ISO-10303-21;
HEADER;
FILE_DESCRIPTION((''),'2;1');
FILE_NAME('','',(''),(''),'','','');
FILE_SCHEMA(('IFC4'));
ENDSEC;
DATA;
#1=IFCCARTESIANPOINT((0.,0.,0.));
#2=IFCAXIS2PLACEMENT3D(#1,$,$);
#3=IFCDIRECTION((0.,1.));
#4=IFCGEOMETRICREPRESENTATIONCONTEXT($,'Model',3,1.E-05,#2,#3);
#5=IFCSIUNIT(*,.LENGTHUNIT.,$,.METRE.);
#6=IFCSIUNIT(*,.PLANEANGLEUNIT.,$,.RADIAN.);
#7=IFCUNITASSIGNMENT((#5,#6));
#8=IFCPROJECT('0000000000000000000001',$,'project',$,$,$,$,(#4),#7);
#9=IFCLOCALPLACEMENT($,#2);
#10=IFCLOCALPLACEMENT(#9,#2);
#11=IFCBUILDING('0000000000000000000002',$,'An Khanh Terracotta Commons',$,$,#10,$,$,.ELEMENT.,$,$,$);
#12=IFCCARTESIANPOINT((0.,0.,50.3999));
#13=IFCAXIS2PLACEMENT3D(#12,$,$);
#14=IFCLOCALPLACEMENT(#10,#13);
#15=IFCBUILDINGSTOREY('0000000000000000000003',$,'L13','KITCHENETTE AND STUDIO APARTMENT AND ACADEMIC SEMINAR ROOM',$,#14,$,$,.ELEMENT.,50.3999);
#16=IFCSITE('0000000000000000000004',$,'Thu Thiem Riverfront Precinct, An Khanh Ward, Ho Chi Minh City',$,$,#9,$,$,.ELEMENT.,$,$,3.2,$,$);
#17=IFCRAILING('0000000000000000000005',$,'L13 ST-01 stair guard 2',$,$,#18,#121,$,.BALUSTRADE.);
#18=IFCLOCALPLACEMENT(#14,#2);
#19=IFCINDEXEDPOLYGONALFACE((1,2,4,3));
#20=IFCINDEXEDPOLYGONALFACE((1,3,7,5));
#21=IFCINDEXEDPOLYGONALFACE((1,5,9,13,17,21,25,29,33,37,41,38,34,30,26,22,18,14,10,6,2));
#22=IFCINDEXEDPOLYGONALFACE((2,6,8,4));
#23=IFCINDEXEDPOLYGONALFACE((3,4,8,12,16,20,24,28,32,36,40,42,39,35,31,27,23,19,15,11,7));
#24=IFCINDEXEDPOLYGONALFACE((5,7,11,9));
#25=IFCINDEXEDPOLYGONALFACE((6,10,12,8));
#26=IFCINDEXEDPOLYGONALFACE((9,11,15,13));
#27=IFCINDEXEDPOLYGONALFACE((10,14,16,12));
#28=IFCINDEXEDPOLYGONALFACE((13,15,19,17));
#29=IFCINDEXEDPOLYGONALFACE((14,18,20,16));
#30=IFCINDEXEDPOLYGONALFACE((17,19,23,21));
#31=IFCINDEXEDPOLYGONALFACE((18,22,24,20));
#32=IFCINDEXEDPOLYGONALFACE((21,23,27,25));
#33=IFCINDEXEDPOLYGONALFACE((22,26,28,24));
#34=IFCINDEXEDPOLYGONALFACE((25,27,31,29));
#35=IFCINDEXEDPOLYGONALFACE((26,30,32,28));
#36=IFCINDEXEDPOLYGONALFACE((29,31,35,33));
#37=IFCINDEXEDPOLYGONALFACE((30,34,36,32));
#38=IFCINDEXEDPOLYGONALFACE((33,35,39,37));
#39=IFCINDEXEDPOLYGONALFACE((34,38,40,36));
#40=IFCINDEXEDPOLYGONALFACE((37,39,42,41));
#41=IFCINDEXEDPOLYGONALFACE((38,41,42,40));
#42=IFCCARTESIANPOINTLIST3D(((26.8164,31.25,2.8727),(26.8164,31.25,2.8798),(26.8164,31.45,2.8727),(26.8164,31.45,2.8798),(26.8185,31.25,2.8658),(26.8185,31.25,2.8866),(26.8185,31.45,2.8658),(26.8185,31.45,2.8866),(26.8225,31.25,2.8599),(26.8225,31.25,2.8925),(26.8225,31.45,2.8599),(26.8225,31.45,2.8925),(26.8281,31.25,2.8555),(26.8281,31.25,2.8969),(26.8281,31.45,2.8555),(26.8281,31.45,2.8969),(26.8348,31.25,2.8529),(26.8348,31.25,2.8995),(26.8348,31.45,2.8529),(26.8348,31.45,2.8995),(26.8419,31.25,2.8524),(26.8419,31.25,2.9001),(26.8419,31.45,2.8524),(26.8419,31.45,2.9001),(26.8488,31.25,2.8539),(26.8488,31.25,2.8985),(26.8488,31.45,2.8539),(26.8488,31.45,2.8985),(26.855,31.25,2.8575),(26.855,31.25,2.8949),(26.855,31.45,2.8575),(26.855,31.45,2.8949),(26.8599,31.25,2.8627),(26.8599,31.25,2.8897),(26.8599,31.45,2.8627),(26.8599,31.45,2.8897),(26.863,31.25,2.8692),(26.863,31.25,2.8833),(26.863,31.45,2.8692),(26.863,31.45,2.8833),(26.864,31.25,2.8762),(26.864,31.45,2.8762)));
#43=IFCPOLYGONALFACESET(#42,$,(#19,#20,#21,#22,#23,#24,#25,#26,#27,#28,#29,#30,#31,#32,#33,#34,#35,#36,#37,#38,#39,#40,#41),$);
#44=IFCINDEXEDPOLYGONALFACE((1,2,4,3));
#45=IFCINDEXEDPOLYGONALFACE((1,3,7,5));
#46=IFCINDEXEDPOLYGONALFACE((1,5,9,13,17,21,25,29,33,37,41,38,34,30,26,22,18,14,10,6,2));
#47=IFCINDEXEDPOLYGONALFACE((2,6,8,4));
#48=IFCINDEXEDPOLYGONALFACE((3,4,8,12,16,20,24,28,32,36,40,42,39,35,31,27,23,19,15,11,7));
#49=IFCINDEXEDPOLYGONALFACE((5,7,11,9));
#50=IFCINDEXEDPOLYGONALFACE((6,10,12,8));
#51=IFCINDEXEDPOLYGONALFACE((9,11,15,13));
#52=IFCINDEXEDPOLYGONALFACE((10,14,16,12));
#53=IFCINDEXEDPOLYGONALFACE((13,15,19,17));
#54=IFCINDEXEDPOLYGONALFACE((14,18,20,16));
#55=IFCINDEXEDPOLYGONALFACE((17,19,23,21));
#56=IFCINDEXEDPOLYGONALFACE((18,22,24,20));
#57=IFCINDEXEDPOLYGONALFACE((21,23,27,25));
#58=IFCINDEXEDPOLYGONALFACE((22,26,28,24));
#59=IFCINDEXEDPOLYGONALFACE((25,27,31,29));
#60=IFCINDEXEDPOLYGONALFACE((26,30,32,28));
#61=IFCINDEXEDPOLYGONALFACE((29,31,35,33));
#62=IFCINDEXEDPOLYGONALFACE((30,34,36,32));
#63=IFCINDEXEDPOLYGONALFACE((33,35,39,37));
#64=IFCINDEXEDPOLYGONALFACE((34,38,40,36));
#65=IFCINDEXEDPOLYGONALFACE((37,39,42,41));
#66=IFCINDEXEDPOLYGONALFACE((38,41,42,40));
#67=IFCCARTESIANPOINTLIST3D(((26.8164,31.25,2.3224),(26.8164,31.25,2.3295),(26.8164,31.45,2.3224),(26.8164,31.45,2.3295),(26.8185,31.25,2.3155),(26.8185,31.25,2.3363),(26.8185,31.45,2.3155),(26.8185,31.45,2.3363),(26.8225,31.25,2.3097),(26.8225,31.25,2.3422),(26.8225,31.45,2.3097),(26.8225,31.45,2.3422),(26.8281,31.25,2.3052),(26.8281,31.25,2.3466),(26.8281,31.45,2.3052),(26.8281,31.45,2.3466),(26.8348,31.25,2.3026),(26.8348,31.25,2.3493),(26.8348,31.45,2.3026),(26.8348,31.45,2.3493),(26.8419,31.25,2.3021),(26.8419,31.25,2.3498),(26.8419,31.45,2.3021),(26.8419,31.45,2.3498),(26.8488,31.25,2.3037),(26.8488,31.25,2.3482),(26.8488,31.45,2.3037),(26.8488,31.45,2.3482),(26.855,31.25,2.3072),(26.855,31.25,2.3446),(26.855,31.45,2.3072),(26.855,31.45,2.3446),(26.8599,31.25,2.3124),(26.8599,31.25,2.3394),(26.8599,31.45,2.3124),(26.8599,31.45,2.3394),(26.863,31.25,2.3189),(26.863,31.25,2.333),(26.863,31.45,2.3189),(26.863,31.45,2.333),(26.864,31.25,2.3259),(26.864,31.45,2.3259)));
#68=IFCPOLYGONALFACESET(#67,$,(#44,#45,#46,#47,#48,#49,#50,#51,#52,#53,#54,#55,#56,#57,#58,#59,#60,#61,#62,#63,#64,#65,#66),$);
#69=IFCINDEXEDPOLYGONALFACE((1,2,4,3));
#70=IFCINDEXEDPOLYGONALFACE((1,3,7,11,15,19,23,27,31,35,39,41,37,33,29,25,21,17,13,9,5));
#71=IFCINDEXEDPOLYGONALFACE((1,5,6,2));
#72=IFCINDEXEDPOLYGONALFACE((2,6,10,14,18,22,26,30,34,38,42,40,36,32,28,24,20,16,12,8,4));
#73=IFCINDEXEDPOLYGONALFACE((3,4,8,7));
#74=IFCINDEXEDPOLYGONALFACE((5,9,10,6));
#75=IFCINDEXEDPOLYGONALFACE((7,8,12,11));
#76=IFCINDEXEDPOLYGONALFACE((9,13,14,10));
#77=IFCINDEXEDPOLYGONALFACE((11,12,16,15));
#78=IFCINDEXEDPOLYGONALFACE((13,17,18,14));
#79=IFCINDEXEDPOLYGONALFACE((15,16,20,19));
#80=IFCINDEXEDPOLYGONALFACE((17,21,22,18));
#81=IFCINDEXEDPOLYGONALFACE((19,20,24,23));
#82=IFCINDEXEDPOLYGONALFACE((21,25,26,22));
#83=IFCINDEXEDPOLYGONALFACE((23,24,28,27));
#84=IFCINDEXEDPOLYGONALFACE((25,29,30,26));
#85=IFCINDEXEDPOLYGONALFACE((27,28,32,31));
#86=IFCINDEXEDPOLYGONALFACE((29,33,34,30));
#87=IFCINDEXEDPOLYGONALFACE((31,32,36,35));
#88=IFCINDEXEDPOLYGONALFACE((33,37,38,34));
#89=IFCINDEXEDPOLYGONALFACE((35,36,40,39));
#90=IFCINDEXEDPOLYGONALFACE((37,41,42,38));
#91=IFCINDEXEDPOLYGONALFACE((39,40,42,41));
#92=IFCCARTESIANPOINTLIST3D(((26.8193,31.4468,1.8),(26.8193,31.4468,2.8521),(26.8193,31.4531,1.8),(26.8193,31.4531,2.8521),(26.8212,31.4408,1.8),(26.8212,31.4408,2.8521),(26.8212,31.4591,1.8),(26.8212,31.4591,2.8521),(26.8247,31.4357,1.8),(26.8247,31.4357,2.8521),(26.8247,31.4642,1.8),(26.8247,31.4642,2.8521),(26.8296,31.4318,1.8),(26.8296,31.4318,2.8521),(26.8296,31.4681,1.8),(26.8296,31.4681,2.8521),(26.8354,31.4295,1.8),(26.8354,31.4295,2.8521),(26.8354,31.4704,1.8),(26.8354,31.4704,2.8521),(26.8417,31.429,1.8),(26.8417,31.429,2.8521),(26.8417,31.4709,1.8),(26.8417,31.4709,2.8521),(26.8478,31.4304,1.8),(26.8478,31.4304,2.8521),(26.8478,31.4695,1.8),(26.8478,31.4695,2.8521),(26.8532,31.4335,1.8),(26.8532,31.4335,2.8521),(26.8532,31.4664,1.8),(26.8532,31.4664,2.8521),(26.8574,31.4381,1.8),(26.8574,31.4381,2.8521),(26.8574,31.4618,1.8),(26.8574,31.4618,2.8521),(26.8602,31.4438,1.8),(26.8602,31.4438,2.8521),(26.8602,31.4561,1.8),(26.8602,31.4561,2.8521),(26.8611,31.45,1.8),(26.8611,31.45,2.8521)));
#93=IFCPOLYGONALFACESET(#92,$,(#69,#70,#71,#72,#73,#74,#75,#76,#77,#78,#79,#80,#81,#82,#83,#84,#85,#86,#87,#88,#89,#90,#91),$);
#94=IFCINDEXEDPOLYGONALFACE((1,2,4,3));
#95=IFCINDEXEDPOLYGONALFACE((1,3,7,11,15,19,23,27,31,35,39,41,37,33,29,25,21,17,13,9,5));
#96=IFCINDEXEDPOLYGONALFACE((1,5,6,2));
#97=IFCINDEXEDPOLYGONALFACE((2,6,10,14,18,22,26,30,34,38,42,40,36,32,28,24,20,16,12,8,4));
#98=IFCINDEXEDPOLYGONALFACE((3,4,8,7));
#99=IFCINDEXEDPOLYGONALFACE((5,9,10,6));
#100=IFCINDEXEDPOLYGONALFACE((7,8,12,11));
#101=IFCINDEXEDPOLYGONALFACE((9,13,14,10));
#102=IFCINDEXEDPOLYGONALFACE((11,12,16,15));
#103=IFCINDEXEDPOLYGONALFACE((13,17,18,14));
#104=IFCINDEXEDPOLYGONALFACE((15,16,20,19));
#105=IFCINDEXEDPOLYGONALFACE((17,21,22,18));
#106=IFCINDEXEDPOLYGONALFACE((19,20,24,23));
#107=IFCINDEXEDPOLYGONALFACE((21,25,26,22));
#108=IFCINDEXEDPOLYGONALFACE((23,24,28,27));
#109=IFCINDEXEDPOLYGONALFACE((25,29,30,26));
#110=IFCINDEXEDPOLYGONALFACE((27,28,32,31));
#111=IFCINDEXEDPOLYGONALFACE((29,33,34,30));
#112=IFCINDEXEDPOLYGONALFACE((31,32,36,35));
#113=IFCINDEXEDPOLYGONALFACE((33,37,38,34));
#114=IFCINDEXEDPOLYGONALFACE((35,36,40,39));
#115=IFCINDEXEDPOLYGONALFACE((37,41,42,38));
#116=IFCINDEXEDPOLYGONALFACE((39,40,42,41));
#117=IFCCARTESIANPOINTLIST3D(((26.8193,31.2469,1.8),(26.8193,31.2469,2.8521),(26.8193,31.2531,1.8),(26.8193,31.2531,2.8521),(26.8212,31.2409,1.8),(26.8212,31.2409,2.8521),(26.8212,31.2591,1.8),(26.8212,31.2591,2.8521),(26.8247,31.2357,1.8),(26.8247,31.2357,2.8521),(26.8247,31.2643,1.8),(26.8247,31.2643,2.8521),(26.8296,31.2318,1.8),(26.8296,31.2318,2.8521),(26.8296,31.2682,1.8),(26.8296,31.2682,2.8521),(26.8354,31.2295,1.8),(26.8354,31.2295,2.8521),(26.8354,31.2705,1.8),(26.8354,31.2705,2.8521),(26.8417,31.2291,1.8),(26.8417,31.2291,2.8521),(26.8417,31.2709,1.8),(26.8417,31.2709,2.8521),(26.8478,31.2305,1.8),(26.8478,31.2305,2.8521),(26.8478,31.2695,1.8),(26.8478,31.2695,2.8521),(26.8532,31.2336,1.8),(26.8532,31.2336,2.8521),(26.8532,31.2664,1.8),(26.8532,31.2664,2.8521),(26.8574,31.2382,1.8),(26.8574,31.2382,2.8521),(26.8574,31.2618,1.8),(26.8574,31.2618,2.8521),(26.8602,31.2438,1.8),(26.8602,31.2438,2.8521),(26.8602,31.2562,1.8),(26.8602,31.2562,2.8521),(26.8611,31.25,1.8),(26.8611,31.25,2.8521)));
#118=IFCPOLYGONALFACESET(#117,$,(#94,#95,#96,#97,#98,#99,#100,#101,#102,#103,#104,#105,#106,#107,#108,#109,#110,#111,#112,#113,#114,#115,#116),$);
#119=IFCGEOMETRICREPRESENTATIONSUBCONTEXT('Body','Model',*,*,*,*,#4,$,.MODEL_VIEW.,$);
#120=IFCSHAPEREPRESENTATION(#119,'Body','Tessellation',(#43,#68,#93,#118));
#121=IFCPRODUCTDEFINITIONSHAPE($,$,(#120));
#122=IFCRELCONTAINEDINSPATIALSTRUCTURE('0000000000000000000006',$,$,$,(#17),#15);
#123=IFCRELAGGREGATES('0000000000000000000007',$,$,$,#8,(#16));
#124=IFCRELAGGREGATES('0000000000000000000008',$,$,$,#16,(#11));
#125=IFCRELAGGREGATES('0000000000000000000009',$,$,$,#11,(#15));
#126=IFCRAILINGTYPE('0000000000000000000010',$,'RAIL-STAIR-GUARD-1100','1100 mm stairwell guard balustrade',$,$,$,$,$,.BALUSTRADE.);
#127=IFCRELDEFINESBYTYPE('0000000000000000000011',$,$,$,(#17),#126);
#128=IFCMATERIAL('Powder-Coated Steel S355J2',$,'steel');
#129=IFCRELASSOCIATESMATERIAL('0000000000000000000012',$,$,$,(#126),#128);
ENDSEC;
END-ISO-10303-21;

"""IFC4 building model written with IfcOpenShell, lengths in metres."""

from ifc_helpers import new_model, si_unit, direction, frame, origin, origin_2d, place, context, subcontext, project, spatial, circle, extrude, material, type_object, element, save


model = new_model("IFC4")

# Units and contexts
model_context = context("Model", 3, precision=1e-05, world=origin(), true_north=direction((0.0, 1.0)))
body_context = subcontext(model_context, "Body", "Model", "MODEL_VIEW")
ifc_project = project(units=[si_unit("LENGTHUNIT", "METRE"), si_unit("PLANEANGLEUNIT", "RADIAN")], contexts=[model_context])

# Site, building, storey
site_placement = place(None, origin())
site = spatial("IfcSite", under=ifc_project, at=site_placement, Name="Thu Thiem Riverfront Precinct, An Khanh Ward, Ho Chi Minh City", CompositionType="ELEMENT", RefElevation=3.2)
building_placement = place(site_placement, origin())
building = spatial("IfcBuilding", under=site, at=building_placement, Name="An Khanh Terracotta Commons", CompositionType="ELEMENT")
storey_placement = place(building_placement, frame((0.0, 0.0, 50.3999)))
storey = spatial("IfcBuildingStorey", under=building, at=storey_placement, Name="L13", Description="KITCHENETTE AND STUDIO APARTMENT AND ACADEMIC SEMINAR ROOM", CompositionType="ELEMENT", Elevation=50.3999)

# Railing
ifc_material_1 = material(Name="Powder-Coated Steel S355J2", Category="steel")
railing_type_1 = type_object("IfcRailingType", Name="RAIL-STAIR-GUARD-1100", Description="1100 mm stairwell guard balustrade", PredefinedType="BALUSTRADE", material=ifc_material_1)
railing_1_placement = place(storey_placement, frame((26.8401, 31.45, 1.8)))
element("IfcRailing", 1, at=railing_1_placement, inside=storey, type_object=railing_type_1, Name="L13 ST-01 stair guard 2", PredefinedType="BALUSTRADE", context=body_context, shape_type="SweptSolid", body=[
    extrude(circle(Radius=0.0239, at=origin_2d()), frame((0.0, 0.0, 1.0762), z_axis=(0.0, -1.0, 0.0), x_axis=(1.0, 0.0, 0.0)), (0.0, 0.0, 1.0), 0.2),
    extrude(circle(Radius=0.0239, at=origin_2d()), frame((0.0, 0.0, 0.5259), z_axis=(0.0, -1.0, 0.0), x_axis=(1.0, 0.0, 0.0)), (0.0, 0.0, 1.0), 0.2),
    extrude(circle(Radius=0.021, at=origin_2d()), origin(), (0.0, 0.0, 1.0), 1.052),
    extrude(circle(Radius=0.021, at=origin_2d()), frame((0.0, -0.2, 0.0)), (0.0, 0.0, 1.0), 1.052),
])

save(model, "model.ifc")
